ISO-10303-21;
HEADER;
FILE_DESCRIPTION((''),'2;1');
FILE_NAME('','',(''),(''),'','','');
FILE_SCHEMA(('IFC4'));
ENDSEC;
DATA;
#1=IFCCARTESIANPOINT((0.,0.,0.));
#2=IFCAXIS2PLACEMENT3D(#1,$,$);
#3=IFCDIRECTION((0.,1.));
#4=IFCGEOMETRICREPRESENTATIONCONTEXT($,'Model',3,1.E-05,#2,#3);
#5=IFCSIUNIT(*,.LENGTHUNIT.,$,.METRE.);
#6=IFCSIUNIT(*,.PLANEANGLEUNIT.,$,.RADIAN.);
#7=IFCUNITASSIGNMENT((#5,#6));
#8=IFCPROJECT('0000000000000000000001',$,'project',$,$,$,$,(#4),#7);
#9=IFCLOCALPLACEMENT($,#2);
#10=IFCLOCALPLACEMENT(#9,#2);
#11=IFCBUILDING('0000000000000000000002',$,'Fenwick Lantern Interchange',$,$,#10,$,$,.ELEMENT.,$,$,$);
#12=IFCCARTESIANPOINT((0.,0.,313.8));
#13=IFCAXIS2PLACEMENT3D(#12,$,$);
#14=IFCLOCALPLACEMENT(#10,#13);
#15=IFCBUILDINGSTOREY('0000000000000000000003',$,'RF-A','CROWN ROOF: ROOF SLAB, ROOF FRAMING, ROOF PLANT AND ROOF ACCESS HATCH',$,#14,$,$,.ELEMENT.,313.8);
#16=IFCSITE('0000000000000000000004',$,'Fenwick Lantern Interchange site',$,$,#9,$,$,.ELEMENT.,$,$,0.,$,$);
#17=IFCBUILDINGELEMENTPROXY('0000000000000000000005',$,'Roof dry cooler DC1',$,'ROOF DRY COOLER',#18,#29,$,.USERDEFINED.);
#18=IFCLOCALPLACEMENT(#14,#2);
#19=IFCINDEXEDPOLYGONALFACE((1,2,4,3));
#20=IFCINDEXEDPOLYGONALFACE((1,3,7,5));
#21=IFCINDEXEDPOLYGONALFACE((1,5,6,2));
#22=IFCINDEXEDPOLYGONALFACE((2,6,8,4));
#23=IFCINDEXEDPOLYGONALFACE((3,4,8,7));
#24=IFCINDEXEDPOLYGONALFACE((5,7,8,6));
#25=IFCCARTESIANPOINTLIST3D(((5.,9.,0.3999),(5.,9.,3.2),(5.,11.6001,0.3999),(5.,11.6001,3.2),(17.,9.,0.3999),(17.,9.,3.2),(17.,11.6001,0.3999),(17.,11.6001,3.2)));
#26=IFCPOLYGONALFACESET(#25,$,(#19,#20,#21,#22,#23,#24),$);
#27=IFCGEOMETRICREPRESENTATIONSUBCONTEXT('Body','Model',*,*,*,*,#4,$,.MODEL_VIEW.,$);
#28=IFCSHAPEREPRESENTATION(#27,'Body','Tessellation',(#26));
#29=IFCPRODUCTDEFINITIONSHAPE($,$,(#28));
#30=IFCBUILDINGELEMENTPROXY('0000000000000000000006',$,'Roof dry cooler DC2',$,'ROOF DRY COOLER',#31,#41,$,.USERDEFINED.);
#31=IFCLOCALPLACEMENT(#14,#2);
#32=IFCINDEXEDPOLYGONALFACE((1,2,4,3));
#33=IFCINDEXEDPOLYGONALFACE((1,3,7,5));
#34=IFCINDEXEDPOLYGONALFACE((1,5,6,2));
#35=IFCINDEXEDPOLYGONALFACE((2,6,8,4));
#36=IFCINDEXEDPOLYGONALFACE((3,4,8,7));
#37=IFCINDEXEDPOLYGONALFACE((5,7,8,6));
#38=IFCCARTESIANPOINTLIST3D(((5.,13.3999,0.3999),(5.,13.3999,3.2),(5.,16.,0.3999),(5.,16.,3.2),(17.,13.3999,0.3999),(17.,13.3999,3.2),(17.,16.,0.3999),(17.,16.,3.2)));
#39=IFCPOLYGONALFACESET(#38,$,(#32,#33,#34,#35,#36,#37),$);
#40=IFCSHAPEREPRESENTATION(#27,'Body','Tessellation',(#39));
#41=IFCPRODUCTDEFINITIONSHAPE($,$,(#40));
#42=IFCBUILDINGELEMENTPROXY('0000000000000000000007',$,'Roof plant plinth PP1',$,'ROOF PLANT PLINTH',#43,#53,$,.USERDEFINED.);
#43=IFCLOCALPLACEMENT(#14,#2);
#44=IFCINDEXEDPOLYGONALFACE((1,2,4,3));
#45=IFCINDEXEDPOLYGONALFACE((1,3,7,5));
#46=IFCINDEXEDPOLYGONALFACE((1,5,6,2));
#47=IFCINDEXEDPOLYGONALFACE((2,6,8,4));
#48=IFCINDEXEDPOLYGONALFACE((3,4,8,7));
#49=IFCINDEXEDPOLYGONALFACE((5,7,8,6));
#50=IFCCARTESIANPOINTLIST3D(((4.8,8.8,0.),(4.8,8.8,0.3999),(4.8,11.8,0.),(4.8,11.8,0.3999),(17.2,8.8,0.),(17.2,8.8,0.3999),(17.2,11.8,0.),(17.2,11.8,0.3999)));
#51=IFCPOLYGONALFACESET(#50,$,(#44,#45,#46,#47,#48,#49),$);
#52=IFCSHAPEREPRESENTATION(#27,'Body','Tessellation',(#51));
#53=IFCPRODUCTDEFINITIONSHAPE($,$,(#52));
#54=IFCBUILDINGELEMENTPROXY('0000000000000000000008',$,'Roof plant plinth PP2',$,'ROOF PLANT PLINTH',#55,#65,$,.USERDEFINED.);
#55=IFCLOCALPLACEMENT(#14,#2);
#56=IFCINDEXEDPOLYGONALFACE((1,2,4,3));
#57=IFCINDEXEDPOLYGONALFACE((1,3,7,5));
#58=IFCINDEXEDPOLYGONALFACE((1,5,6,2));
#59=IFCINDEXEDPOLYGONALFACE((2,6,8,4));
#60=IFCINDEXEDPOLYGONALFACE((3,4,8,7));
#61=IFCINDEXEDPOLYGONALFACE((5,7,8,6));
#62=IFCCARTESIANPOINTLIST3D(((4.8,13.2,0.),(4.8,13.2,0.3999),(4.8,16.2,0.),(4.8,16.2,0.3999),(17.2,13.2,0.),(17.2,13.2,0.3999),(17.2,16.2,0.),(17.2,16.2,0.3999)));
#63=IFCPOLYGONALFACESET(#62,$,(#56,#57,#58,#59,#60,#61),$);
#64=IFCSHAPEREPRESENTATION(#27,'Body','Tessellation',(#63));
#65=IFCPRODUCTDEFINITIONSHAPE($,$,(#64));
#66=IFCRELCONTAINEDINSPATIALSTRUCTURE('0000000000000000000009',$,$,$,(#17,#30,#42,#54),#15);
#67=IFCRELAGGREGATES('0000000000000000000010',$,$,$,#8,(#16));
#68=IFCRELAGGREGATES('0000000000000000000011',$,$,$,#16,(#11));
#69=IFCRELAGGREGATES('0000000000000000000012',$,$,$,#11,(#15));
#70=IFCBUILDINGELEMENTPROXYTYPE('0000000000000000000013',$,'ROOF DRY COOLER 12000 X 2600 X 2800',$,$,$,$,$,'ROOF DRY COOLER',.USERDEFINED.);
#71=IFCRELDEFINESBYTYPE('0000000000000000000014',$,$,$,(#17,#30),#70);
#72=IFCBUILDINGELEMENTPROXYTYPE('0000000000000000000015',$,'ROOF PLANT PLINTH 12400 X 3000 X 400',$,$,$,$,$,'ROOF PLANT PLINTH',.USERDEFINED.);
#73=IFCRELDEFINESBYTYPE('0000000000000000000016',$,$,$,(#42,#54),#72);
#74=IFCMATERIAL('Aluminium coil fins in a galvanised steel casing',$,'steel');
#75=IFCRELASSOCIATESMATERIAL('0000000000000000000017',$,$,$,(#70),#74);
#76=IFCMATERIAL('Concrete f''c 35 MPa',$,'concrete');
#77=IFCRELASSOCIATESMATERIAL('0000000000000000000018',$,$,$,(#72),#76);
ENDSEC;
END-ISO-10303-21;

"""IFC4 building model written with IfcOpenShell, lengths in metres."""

from ifc_helpers import new_model, si_unit, direction, frame, origin, origin_2d, place, context, subcontext, project, spatial, rectangle, extrude, material, type_object, element, save


model = new_model("IFC4")

# Units and contexts
model_context = context("Model", 3, precision=1e-05, world=origin(), true_north=direction((0.0, 1.0)))
body_context = subcontext(model_context, "Body", "Model", "MODEL_VIEW")
ifc_project = project(units=[si_unit("LENGTHUNIT", "METRE"), si_unit("PLANEANGLEUNIT", "RADIAN")], contexts=[model_context])

# Site, building, storey
site_placement = place(None, origin())
site = spatial("IfcSite", under=ifc_project, at=site_placement, Name="Fenwick Lantern Interchange site", CompositionType="ELEMENT", RefElevation=0.0)
building_placement = place(site_placement, origin())
building = spatial("IfcBuilding", under=site, at=building_placement, Name="Fenwick Lantern Interchange", CompositionType="ELEMENT")
storey_placement = place(building_placement, frame((0.0, 0.0, 313.8)))
storey = spatial("IfcBuildingStorey", under=building, at=storey_placement, Name="RF-A", Description="CROWN ROOF: ROOF SLAB, ROOF FRAMING, ROOF PLANT AND ROOF ACCESS HATCH", CompositionType="ELEMENT", Elevation=313.8)

# Building element proxies
ifc_material_1 = material(Name="Aluminium coil fins in a galvanised steel casing", Category="steel")
building_element_proxy_type_1 = type_object("IfcBuildingElementProxyType", Name="ROOF DRY COOLER 12000 X 2600 X 2800", ElementType="ROOF DRY COOLER", PredefinedType="USERDEFINED", material=ifc_material_1)
for number, where, z_axis, x_axis, name in (
    (1, (11.0, 10.3, 0.3999), (0.0, 0.0, 1.0), (1.0, 0.0, 0.0), "Roof dry cooler DC1"),
    (2, (11.0, 14.7, 0.3999), (0.0, 0.0, 1.0), (1.0, 0.0, 0.0), "Roof dry cooler DC2"),
):
    element("IfcBuildingElementProxy", number, at=place(storey_placement, frame(where, z_axis=z_axis, x_axis=x_axis)), inside=storey, type_object=building_element_proxy_type_1, Name=name, ObjectType="ROOF DRY COOLER", PredefinedType="USERDEFINED", context=body_context, shape_type="SweptSolid", body=[
        extrude(rectangle(XDim=12.0, YDim=2.6001, at=origin_2d()), origin(), (0.0, 0.0, 1.0), 2.8),
    ])
ifc_material_2 = material(Name="Concrete f'c 35 MPa", Category="concrete")
building_element_proxy_type_2 = type_object("IfcBuildingElementProxyType", Name="ROOF PLANT PLINTH 12400 X 3000 X 400", ElementType="ROOF PLANT PLINTH", PredefinedType="USERDEFINED", material=ifc_material_2)
for number, where, z_axis, x_axis, name in (
    (3, (11.0, 10.3, 0.0), (0.0, 0.0, 1.0), (1.0, 0.0, 0.0), "Roof plant plinth PP1"),
    (4, (11.0, 14.7, 0.0), (0.0, 0.0, 1.0), (1.0, 0.0, 0.0), "Roof plant plinth PP2"),
):
    element("IfcBuildingElementProxy", number, at=place(storey_placement, frame(where, z_axis=z_axis, x_axis=x_axis)), inside=storey, type_object=building_element_proxy_type_2, Name=name, ObjectType="ROOF PLANT PLINTH", PredefinedType="USERDEFINED", context=body_context, shape_type="SweptSolid", body=[
        extrude(rectangle(XDim=12.3999, YDim=3.0, at=origin_2d()), origin(), (0.0, 0.0, 1.0), 0.3999),
    ])

save(model, "model.ifc")
